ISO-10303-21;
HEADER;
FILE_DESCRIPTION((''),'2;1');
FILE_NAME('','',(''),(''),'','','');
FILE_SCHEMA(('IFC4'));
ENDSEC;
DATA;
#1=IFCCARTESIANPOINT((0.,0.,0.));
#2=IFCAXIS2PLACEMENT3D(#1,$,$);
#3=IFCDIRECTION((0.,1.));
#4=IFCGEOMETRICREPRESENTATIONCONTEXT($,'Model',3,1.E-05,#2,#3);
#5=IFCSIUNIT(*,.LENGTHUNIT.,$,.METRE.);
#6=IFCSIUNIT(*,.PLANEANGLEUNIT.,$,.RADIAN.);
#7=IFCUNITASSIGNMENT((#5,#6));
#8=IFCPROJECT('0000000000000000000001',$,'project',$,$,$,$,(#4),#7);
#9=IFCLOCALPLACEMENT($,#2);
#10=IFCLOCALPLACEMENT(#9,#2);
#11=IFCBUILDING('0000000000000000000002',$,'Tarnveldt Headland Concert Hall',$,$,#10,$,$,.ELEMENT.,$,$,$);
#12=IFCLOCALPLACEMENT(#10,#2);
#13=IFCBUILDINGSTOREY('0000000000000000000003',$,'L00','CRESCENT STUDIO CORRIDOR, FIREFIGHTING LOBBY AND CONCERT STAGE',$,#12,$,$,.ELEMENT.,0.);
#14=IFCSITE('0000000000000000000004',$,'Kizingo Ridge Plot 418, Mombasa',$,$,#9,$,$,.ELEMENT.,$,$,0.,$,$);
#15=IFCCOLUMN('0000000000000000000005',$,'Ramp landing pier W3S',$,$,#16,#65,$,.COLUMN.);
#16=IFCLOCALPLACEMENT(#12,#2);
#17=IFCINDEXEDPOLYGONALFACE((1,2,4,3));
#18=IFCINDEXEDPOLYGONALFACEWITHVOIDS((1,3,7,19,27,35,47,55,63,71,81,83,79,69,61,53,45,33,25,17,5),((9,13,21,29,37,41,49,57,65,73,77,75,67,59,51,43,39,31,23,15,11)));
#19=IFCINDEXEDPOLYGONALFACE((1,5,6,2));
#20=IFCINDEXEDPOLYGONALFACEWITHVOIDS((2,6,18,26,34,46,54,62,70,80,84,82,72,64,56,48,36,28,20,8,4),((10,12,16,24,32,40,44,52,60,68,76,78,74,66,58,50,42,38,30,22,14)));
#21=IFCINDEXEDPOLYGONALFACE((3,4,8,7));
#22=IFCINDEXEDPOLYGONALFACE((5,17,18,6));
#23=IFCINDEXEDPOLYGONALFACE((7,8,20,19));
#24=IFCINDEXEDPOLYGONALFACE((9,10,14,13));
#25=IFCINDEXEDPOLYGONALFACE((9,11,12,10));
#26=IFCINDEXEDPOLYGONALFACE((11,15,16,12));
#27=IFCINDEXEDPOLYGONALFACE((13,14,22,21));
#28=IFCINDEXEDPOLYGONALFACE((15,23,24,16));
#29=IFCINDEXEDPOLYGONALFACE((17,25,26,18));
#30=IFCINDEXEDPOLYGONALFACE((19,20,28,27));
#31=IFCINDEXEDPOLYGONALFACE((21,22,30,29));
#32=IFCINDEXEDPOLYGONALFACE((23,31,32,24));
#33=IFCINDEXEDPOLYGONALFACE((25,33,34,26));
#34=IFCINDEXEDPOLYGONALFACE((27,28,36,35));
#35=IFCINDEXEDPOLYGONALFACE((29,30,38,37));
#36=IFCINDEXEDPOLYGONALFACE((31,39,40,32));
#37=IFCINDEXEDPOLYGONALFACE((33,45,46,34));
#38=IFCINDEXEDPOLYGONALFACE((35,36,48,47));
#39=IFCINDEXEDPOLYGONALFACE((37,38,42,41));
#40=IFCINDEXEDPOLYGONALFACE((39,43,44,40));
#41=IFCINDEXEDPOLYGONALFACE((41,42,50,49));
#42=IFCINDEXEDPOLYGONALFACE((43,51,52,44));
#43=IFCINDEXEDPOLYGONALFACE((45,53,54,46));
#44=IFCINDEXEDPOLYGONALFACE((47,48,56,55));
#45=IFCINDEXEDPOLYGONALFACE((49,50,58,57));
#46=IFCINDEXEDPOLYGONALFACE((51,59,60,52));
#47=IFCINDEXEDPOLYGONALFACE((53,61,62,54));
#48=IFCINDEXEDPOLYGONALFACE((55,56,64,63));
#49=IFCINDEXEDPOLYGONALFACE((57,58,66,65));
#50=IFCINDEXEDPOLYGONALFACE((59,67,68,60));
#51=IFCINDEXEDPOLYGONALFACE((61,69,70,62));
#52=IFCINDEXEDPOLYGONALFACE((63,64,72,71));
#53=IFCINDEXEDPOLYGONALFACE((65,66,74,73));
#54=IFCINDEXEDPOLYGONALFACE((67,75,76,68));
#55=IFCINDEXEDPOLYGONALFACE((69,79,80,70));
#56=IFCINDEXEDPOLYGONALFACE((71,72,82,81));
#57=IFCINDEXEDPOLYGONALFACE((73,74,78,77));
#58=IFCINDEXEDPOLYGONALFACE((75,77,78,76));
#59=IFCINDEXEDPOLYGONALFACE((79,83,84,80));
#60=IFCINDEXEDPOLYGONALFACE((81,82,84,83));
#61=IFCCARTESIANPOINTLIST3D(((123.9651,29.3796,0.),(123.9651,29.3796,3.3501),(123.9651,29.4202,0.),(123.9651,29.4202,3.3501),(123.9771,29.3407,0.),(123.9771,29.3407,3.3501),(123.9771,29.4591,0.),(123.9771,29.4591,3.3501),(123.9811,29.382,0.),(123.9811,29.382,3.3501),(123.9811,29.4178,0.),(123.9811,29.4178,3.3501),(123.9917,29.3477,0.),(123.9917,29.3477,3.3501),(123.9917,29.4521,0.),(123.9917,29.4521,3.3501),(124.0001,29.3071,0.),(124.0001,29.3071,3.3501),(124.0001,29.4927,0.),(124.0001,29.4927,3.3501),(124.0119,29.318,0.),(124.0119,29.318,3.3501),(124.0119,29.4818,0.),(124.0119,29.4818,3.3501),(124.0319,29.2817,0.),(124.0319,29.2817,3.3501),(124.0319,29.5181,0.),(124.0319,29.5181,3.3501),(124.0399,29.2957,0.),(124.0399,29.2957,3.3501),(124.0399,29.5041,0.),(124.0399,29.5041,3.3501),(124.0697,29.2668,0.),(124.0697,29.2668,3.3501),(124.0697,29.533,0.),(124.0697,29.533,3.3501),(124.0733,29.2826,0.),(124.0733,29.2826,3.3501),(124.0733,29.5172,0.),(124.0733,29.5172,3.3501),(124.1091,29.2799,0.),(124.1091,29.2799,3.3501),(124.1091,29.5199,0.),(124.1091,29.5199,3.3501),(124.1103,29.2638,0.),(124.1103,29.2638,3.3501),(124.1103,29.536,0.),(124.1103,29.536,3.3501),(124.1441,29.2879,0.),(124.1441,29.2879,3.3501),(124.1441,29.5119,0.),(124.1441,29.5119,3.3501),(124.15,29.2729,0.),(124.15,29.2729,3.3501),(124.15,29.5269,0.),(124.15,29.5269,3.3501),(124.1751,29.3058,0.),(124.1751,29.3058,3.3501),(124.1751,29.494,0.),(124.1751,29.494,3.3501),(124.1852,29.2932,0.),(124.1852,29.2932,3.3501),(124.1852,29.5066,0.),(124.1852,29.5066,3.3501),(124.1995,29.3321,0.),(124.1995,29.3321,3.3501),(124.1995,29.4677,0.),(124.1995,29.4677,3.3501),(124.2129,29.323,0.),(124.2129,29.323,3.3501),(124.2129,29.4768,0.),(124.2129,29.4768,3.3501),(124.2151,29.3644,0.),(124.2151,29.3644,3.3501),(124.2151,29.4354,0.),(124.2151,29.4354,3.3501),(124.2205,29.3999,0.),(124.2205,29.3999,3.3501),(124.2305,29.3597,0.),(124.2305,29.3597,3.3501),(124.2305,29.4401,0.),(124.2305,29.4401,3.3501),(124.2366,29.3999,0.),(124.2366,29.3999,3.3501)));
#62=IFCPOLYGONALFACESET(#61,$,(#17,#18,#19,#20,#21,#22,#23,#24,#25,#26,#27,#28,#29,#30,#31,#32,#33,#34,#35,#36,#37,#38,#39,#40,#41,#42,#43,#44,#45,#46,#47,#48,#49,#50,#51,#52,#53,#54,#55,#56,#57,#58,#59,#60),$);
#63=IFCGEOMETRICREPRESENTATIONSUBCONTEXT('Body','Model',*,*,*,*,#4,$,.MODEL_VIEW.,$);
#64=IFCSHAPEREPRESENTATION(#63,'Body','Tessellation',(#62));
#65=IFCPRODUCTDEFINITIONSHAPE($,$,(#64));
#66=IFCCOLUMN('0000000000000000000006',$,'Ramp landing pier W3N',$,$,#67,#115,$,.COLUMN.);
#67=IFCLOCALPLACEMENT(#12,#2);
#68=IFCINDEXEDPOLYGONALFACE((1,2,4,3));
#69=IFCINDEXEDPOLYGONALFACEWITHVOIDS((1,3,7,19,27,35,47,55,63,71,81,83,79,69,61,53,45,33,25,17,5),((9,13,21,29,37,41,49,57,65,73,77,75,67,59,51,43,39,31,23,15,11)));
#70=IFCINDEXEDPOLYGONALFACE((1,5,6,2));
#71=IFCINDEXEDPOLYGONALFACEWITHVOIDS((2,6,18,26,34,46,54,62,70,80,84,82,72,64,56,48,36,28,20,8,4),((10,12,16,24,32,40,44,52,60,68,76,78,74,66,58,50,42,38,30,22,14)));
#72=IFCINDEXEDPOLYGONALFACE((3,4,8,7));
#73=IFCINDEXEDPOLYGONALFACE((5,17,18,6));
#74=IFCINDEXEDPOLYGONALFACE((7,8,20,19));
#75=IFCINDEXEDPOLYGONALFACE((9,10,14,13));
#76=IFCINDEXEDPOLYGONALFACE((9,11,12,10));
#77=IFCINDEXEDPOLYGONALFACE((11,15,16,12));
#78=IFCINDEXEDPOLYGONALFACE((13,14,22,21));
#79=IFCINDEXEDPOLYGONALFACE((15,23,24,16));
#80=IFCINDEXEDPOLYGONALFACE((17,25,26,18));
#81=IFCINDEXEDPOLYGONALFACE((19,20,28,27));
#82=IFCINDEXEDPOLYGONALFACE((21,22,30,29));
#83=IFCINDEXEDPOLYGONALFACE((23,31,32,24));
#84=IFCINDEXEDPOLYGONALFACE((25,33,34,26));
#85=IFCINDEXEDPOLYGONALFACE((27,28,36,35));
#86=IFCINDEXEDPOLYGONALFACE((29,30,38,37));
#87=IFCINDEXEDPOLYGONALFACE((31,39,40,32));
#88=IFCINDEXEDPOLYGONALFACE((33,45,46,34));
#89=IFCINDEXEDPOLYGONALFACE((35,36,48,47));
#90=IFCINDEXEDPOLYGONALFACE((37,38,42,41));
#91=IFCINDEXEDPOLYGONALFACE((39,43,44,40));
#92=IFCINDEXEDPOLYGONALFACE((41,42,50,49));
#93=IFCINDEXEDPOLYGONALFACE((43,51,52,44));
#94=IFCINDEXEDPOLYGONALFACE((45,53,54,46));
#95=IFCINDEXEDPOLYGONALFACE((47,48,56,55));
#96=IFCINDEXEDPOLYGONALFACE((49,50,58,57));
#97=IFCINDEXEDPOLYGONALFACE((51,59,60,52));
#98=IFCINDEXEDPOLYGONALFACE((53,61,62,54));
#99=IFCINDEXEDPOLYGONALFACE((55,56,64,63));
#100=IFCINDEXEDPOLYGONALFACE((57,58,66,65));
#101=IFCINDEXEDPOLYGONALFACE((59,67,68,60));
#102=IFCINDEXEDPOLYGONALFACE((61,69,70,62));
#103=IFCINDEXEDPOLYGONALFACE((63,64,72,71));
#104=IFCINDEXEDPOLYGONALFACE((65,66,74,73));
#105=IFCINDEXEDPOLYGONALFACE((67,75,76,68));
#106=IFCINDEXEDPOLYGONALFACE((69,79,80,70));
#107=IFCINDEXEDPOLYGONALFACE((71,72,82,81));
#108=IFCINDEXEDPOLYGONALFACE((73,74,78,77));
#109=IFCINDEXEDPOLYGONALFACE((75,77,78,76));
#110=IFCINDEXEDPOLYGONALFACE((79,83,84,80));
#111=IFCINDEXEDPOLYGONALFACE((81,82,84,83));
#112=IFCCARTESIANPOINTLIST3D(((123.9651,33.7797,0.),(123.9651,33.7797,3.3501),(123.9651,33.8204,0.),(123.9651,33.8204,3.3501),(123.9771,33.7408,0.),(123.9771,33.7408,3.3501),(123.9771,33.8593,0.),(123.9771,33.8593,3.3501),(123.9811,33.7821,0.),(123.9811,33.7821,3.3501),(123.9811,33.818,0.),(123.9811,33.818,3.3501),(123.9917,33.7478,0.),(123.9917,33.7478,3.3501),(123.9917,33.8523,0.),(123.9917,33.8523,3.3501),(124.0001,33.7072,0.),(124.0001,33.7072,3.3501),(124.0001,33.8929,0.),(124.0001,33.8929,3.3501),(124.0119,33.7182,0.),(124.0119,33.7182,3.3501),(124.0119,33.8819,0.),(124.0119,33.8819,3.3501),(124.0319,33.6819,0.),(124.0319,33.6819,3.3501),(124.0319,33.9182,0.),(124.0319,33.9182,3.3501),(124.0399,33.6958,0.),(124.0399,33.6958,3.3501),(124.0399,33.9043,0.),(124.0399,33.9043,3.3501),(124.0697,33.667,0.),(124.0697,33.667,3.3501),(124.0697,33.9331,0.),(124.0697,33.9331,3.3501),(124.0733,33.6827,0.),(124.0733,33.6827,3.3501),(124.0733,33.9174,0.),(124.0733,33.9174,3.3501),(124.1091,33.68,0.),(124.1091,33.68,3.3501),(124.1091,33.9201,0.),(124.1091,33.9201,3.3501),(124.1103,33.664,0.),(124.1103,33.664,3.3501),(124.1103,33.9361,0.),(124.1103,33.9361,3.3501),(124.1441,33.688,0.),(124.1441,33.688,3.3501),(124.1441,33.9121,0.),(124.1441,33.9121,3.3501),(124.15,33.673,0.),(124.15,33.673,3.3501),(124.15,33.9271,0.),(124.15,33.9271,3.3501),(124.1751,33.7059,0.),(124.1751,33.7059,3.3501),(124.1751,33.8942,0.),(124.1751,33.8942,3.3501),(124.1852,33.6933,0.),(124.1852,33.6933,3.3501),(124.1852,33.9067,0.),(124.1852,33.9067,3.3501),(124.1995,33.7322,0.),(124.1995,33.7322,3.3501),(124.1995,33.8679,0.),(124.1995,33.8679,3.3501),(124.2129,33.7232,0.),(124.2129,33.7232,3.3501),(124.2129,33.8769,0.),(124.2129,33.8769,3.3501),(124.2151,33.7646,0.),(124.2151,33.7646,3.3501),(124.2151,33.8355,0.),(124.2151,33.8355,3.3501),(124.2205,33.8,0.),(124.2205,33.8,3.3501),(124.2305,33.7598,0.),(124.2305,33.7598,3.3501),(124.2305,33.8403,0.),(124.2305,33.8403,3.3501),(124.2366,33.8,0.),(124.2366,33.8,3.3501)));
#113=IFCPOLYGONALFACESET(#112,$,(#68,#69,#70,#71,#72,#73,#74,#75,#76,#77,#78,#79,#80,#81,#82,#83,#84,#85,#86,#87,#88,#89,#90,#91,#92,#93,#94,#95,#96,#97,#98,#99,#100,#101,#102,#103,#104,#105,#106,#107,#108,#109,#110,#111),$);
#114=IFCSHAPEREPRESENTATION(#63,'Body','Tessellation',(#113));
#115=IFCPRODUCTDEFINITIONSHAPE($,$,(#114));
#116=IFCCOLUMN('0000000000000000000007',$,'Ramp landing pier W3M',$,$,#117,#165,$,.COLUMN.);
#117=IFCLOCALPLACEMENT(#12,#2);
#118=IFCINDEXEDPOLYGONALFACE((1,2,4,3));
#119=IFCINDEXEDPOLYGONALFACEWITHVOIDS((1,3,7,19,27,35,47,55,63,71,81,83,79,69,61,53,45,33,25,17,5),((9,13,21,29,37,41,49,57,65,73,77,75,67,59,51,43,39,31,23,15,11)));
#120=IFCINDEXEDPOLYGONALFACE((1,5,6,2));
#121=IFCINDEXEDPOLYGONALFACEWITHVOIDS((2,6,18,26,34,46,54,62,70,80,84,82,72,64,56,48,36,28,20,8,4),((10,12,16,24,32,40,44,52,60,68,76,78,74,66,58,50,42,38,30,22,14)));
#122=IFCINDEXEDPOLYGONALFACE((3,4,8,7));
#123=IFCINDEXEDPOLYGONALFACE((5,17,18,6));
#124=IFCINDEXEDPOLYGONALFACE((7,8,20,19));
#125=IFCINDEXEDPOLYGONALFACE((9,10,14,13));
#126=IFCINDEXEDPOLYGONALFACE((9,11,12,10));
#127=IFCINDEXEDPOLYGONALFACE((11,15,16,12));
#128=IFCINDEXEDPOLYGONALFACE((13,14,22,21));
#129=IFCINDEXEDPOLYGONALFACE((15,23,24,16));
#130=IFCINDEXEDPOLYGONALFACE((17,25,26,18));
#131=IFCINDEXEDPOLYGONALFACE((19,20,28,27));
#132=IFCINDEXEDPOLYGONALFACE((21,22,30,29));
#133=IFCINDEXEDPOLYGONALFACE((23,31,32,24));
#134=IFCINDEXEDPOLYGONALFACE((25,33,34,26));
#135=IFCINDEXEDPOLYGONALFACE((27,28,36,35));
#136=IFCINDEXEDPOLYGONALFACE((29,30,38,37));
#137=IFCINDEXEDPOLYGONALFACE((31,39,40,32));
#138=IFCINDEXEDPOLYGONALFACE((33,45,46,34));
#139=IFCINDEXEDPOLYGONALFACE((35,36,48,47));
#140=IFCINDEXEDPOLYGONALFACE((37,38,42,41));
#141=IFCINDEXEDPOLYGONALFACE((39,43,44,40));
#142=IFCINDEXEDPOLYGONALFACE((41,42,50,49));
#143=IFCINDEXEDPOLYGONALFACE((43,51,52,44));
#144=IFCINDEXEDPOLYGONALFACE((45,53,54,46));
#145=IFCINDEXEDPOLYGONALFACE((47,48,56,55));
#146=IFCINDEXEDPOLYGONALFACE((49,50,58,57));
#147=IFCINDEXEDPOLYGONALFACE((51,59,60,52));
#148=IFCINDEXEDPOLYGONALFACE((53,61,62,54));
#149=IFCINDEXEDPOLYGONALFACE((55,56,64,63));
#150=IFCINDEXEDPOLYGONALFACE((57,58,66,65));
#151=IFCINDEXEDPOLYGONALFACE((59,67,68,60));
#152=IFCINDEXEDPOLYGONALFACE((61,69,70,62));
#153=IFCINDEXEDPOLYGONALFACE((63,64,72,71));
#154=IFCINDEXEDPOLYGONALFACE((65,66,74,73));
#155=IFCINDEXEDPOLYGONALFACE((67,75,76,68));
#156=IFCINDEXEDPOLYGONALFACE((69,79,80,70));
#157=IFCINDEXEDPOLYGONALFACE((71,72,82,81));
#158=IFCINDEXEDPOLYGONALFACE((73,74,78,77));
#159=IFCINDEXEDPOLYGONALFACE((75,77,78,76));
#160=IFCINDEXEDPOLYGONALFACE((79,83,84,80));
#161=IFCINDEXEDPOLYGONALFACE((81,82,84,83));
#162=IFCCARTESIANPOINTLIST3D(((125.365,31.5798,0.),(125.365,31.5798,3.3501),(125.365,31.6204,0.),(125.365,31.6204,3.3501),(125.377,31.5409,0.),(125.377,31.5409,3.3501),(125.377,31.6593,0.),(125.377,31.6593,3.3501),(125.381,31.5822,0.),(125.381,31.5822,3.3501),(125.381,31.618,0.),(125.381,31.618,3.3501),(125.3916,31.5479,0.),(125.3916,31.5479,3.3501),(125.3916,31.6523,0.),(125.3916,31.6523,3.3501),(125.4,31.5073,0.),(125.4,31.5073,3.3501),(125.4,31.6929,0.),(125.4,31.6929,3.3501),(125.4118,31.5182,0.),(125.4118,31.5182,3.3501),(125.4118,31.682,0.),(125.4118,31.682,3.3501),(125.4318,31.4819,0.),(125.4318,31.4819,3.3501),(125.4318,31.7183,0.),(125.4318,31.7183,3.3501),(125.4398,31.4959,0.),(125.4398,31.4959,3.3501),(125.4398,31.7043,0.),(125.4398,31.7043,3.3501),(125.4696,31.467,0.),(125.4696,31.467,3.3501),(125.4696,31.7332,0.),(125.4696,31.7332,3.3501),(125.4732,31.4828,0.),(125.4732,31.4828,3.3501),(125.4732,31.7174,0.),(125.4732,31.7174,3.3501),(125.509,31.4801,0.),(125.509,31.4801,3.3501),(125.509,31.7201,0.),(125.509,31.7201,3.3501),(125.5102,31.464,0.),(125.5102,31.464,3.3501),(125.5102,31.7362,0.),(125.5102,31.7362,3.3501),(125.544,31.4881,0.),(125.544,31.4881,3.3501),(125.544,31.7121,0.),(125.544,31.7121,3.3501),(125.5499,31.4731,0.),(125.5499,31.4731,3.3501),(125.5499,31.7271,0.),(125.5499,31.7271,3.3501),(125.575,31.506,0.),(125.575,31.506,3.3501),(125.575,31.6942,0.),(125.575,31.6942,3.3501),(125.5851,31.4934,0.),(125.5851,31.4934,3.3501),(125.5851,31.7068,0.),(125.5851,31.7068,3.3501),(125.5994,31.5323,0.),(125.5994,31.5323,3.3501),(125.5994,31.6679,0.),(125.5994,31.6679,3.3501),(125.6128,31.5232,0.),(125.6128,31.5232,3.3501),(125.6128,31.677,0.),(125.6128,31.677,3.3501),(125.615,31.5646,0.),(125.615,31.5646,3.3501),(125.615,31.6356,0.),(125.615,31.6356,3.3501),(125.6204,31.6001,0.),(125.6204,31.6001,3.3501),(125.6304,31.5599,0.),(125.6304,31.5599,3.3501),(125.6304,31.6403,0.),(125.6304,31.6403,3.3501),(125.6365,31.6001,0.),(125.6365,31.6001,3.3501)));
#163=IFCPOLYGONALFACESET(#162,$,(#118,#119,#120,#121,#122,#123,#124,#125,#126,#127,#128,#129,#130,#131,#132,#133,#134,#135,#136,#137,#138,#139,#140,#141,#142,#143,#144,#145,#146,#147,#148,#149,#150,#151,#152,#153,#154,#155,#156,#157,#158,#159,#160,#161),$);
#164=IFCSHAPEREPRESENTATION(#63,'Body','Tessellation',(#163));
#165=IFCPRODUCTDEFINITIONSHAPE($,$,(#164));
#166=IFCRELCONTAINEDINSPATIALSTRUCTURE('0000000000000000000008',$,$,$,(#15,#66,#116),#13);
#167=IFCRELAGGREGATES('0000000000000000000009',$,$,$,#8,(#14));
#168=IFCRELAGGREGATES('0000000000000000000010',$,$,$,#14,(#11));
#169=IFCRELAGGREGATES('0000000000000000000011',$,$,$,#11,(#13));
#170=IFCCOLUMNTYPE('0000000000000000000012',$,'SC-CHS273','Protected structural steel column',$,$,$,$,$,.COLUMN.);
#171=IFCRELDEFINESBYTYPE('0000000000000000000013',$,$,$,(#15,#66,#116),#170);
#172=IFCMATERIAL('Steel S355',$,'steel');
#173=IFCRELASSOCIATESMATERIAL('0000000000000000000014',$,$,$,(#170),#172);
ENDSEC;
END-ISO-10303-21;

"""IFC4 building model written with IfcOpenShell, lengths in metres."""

from ifc_helpers import new_model, si_unit, direction, frame, origin, origin_2d, place, context, subcontext, project, spatial, hollow_circle, extrude, material, material_profile, profile_set, type_object, element, save


model = new_model("IFC4")

# Units and contexts
model_context = context("Model", 3, precision=1e-05, world=origin(), true_north=direction((0.0, 1.0)))
body_context = subcontext(model_context, "Body", "Model", "MODEL_VIEW")
ifc_project = project(units=[si_unit("LENGTHUNIT", "METRE"), si_unit("PLANEANGLEUNIT", "RADIAN")], contexts=[model_context])

# Site, building, storey
site_placement = place(None, origin())
site = spatial("IfcSite", under=ifc_project, at=site_placement, Name="Kizingo Ridge Plot 418, Mombasa", CompositionType="ELEMENT", RefElevation=0.0)
building_placement = place(site_placement, origin())
building = spatial("IfcBuilding", under=site, at=building_placement, Name="Tarnveldt Headland Concert Hall", CompositionType="ELEMENT")
storey_placement = place(building_placement, origin())
storey = spatial("IfcBuildingStorey", under=building, at=storey_placement, Name="L00", Description="CRESCENT STUDIO CORRIDOR, FIREFIGHTING LOBBY AND CONCERT STAGE", CompositionType="ELEMENT", Elevation=0.0)

# Columns
ifc_material_1 = material(Name="Steel S355", Category="steel")
ifc_material_profile_1 = material_profile(ifc_material_1, hollow_circle(Radius=0.1365, WallThickness=0.0161, at=origin_2d()), Name="CHS 273x16", Category="steel")
ifc_profile_set_1 = profile_set([ifc_material_profile_1], Name="Steel S355")
column_type_1 = type_object("IfcColumnType", Name="SC-CHS273", Description="Protected structural steel column", PredefinedType="COLUMN", material=ifc_profile_set_1)
for number, where, z_axis, x_axis, name in (
    (1, (124.1001, 29.3999, 0.0), (0.0, 0.0, 1.0), (1.0, 0.0, 0.0), "Ramp landing pier W3S"),
    (2, (124.1001, 33.8, 0.0), (0.0, 0.0, 1.0), (1.0, 0.0, 0.0), "Ramp landing pier W3N"),
    (3, (125.5, 31.6001, 0.0), (0.0, 0.0, 1.0), (1.0, 0.0, 0.0), "Ramp landing pier W3M"),
):
    element("IfcColumn", number, at=place(storey_placement, frame(where, z_axis=z_axis, x_axis=x_axis)), inside=storey, type_object=column_type_1, Name=name, PredefinedType="COLUMN", context=body_context, shape_type="SweptSolid", body=[
        extrude(hollow_circle(Radius=0.1365, WallThickness=0.0161, at=origin_2d()), origin(), (0.0, 0.0, 1.0), 3.3501),
    ])

save(model, "model.ifc")
